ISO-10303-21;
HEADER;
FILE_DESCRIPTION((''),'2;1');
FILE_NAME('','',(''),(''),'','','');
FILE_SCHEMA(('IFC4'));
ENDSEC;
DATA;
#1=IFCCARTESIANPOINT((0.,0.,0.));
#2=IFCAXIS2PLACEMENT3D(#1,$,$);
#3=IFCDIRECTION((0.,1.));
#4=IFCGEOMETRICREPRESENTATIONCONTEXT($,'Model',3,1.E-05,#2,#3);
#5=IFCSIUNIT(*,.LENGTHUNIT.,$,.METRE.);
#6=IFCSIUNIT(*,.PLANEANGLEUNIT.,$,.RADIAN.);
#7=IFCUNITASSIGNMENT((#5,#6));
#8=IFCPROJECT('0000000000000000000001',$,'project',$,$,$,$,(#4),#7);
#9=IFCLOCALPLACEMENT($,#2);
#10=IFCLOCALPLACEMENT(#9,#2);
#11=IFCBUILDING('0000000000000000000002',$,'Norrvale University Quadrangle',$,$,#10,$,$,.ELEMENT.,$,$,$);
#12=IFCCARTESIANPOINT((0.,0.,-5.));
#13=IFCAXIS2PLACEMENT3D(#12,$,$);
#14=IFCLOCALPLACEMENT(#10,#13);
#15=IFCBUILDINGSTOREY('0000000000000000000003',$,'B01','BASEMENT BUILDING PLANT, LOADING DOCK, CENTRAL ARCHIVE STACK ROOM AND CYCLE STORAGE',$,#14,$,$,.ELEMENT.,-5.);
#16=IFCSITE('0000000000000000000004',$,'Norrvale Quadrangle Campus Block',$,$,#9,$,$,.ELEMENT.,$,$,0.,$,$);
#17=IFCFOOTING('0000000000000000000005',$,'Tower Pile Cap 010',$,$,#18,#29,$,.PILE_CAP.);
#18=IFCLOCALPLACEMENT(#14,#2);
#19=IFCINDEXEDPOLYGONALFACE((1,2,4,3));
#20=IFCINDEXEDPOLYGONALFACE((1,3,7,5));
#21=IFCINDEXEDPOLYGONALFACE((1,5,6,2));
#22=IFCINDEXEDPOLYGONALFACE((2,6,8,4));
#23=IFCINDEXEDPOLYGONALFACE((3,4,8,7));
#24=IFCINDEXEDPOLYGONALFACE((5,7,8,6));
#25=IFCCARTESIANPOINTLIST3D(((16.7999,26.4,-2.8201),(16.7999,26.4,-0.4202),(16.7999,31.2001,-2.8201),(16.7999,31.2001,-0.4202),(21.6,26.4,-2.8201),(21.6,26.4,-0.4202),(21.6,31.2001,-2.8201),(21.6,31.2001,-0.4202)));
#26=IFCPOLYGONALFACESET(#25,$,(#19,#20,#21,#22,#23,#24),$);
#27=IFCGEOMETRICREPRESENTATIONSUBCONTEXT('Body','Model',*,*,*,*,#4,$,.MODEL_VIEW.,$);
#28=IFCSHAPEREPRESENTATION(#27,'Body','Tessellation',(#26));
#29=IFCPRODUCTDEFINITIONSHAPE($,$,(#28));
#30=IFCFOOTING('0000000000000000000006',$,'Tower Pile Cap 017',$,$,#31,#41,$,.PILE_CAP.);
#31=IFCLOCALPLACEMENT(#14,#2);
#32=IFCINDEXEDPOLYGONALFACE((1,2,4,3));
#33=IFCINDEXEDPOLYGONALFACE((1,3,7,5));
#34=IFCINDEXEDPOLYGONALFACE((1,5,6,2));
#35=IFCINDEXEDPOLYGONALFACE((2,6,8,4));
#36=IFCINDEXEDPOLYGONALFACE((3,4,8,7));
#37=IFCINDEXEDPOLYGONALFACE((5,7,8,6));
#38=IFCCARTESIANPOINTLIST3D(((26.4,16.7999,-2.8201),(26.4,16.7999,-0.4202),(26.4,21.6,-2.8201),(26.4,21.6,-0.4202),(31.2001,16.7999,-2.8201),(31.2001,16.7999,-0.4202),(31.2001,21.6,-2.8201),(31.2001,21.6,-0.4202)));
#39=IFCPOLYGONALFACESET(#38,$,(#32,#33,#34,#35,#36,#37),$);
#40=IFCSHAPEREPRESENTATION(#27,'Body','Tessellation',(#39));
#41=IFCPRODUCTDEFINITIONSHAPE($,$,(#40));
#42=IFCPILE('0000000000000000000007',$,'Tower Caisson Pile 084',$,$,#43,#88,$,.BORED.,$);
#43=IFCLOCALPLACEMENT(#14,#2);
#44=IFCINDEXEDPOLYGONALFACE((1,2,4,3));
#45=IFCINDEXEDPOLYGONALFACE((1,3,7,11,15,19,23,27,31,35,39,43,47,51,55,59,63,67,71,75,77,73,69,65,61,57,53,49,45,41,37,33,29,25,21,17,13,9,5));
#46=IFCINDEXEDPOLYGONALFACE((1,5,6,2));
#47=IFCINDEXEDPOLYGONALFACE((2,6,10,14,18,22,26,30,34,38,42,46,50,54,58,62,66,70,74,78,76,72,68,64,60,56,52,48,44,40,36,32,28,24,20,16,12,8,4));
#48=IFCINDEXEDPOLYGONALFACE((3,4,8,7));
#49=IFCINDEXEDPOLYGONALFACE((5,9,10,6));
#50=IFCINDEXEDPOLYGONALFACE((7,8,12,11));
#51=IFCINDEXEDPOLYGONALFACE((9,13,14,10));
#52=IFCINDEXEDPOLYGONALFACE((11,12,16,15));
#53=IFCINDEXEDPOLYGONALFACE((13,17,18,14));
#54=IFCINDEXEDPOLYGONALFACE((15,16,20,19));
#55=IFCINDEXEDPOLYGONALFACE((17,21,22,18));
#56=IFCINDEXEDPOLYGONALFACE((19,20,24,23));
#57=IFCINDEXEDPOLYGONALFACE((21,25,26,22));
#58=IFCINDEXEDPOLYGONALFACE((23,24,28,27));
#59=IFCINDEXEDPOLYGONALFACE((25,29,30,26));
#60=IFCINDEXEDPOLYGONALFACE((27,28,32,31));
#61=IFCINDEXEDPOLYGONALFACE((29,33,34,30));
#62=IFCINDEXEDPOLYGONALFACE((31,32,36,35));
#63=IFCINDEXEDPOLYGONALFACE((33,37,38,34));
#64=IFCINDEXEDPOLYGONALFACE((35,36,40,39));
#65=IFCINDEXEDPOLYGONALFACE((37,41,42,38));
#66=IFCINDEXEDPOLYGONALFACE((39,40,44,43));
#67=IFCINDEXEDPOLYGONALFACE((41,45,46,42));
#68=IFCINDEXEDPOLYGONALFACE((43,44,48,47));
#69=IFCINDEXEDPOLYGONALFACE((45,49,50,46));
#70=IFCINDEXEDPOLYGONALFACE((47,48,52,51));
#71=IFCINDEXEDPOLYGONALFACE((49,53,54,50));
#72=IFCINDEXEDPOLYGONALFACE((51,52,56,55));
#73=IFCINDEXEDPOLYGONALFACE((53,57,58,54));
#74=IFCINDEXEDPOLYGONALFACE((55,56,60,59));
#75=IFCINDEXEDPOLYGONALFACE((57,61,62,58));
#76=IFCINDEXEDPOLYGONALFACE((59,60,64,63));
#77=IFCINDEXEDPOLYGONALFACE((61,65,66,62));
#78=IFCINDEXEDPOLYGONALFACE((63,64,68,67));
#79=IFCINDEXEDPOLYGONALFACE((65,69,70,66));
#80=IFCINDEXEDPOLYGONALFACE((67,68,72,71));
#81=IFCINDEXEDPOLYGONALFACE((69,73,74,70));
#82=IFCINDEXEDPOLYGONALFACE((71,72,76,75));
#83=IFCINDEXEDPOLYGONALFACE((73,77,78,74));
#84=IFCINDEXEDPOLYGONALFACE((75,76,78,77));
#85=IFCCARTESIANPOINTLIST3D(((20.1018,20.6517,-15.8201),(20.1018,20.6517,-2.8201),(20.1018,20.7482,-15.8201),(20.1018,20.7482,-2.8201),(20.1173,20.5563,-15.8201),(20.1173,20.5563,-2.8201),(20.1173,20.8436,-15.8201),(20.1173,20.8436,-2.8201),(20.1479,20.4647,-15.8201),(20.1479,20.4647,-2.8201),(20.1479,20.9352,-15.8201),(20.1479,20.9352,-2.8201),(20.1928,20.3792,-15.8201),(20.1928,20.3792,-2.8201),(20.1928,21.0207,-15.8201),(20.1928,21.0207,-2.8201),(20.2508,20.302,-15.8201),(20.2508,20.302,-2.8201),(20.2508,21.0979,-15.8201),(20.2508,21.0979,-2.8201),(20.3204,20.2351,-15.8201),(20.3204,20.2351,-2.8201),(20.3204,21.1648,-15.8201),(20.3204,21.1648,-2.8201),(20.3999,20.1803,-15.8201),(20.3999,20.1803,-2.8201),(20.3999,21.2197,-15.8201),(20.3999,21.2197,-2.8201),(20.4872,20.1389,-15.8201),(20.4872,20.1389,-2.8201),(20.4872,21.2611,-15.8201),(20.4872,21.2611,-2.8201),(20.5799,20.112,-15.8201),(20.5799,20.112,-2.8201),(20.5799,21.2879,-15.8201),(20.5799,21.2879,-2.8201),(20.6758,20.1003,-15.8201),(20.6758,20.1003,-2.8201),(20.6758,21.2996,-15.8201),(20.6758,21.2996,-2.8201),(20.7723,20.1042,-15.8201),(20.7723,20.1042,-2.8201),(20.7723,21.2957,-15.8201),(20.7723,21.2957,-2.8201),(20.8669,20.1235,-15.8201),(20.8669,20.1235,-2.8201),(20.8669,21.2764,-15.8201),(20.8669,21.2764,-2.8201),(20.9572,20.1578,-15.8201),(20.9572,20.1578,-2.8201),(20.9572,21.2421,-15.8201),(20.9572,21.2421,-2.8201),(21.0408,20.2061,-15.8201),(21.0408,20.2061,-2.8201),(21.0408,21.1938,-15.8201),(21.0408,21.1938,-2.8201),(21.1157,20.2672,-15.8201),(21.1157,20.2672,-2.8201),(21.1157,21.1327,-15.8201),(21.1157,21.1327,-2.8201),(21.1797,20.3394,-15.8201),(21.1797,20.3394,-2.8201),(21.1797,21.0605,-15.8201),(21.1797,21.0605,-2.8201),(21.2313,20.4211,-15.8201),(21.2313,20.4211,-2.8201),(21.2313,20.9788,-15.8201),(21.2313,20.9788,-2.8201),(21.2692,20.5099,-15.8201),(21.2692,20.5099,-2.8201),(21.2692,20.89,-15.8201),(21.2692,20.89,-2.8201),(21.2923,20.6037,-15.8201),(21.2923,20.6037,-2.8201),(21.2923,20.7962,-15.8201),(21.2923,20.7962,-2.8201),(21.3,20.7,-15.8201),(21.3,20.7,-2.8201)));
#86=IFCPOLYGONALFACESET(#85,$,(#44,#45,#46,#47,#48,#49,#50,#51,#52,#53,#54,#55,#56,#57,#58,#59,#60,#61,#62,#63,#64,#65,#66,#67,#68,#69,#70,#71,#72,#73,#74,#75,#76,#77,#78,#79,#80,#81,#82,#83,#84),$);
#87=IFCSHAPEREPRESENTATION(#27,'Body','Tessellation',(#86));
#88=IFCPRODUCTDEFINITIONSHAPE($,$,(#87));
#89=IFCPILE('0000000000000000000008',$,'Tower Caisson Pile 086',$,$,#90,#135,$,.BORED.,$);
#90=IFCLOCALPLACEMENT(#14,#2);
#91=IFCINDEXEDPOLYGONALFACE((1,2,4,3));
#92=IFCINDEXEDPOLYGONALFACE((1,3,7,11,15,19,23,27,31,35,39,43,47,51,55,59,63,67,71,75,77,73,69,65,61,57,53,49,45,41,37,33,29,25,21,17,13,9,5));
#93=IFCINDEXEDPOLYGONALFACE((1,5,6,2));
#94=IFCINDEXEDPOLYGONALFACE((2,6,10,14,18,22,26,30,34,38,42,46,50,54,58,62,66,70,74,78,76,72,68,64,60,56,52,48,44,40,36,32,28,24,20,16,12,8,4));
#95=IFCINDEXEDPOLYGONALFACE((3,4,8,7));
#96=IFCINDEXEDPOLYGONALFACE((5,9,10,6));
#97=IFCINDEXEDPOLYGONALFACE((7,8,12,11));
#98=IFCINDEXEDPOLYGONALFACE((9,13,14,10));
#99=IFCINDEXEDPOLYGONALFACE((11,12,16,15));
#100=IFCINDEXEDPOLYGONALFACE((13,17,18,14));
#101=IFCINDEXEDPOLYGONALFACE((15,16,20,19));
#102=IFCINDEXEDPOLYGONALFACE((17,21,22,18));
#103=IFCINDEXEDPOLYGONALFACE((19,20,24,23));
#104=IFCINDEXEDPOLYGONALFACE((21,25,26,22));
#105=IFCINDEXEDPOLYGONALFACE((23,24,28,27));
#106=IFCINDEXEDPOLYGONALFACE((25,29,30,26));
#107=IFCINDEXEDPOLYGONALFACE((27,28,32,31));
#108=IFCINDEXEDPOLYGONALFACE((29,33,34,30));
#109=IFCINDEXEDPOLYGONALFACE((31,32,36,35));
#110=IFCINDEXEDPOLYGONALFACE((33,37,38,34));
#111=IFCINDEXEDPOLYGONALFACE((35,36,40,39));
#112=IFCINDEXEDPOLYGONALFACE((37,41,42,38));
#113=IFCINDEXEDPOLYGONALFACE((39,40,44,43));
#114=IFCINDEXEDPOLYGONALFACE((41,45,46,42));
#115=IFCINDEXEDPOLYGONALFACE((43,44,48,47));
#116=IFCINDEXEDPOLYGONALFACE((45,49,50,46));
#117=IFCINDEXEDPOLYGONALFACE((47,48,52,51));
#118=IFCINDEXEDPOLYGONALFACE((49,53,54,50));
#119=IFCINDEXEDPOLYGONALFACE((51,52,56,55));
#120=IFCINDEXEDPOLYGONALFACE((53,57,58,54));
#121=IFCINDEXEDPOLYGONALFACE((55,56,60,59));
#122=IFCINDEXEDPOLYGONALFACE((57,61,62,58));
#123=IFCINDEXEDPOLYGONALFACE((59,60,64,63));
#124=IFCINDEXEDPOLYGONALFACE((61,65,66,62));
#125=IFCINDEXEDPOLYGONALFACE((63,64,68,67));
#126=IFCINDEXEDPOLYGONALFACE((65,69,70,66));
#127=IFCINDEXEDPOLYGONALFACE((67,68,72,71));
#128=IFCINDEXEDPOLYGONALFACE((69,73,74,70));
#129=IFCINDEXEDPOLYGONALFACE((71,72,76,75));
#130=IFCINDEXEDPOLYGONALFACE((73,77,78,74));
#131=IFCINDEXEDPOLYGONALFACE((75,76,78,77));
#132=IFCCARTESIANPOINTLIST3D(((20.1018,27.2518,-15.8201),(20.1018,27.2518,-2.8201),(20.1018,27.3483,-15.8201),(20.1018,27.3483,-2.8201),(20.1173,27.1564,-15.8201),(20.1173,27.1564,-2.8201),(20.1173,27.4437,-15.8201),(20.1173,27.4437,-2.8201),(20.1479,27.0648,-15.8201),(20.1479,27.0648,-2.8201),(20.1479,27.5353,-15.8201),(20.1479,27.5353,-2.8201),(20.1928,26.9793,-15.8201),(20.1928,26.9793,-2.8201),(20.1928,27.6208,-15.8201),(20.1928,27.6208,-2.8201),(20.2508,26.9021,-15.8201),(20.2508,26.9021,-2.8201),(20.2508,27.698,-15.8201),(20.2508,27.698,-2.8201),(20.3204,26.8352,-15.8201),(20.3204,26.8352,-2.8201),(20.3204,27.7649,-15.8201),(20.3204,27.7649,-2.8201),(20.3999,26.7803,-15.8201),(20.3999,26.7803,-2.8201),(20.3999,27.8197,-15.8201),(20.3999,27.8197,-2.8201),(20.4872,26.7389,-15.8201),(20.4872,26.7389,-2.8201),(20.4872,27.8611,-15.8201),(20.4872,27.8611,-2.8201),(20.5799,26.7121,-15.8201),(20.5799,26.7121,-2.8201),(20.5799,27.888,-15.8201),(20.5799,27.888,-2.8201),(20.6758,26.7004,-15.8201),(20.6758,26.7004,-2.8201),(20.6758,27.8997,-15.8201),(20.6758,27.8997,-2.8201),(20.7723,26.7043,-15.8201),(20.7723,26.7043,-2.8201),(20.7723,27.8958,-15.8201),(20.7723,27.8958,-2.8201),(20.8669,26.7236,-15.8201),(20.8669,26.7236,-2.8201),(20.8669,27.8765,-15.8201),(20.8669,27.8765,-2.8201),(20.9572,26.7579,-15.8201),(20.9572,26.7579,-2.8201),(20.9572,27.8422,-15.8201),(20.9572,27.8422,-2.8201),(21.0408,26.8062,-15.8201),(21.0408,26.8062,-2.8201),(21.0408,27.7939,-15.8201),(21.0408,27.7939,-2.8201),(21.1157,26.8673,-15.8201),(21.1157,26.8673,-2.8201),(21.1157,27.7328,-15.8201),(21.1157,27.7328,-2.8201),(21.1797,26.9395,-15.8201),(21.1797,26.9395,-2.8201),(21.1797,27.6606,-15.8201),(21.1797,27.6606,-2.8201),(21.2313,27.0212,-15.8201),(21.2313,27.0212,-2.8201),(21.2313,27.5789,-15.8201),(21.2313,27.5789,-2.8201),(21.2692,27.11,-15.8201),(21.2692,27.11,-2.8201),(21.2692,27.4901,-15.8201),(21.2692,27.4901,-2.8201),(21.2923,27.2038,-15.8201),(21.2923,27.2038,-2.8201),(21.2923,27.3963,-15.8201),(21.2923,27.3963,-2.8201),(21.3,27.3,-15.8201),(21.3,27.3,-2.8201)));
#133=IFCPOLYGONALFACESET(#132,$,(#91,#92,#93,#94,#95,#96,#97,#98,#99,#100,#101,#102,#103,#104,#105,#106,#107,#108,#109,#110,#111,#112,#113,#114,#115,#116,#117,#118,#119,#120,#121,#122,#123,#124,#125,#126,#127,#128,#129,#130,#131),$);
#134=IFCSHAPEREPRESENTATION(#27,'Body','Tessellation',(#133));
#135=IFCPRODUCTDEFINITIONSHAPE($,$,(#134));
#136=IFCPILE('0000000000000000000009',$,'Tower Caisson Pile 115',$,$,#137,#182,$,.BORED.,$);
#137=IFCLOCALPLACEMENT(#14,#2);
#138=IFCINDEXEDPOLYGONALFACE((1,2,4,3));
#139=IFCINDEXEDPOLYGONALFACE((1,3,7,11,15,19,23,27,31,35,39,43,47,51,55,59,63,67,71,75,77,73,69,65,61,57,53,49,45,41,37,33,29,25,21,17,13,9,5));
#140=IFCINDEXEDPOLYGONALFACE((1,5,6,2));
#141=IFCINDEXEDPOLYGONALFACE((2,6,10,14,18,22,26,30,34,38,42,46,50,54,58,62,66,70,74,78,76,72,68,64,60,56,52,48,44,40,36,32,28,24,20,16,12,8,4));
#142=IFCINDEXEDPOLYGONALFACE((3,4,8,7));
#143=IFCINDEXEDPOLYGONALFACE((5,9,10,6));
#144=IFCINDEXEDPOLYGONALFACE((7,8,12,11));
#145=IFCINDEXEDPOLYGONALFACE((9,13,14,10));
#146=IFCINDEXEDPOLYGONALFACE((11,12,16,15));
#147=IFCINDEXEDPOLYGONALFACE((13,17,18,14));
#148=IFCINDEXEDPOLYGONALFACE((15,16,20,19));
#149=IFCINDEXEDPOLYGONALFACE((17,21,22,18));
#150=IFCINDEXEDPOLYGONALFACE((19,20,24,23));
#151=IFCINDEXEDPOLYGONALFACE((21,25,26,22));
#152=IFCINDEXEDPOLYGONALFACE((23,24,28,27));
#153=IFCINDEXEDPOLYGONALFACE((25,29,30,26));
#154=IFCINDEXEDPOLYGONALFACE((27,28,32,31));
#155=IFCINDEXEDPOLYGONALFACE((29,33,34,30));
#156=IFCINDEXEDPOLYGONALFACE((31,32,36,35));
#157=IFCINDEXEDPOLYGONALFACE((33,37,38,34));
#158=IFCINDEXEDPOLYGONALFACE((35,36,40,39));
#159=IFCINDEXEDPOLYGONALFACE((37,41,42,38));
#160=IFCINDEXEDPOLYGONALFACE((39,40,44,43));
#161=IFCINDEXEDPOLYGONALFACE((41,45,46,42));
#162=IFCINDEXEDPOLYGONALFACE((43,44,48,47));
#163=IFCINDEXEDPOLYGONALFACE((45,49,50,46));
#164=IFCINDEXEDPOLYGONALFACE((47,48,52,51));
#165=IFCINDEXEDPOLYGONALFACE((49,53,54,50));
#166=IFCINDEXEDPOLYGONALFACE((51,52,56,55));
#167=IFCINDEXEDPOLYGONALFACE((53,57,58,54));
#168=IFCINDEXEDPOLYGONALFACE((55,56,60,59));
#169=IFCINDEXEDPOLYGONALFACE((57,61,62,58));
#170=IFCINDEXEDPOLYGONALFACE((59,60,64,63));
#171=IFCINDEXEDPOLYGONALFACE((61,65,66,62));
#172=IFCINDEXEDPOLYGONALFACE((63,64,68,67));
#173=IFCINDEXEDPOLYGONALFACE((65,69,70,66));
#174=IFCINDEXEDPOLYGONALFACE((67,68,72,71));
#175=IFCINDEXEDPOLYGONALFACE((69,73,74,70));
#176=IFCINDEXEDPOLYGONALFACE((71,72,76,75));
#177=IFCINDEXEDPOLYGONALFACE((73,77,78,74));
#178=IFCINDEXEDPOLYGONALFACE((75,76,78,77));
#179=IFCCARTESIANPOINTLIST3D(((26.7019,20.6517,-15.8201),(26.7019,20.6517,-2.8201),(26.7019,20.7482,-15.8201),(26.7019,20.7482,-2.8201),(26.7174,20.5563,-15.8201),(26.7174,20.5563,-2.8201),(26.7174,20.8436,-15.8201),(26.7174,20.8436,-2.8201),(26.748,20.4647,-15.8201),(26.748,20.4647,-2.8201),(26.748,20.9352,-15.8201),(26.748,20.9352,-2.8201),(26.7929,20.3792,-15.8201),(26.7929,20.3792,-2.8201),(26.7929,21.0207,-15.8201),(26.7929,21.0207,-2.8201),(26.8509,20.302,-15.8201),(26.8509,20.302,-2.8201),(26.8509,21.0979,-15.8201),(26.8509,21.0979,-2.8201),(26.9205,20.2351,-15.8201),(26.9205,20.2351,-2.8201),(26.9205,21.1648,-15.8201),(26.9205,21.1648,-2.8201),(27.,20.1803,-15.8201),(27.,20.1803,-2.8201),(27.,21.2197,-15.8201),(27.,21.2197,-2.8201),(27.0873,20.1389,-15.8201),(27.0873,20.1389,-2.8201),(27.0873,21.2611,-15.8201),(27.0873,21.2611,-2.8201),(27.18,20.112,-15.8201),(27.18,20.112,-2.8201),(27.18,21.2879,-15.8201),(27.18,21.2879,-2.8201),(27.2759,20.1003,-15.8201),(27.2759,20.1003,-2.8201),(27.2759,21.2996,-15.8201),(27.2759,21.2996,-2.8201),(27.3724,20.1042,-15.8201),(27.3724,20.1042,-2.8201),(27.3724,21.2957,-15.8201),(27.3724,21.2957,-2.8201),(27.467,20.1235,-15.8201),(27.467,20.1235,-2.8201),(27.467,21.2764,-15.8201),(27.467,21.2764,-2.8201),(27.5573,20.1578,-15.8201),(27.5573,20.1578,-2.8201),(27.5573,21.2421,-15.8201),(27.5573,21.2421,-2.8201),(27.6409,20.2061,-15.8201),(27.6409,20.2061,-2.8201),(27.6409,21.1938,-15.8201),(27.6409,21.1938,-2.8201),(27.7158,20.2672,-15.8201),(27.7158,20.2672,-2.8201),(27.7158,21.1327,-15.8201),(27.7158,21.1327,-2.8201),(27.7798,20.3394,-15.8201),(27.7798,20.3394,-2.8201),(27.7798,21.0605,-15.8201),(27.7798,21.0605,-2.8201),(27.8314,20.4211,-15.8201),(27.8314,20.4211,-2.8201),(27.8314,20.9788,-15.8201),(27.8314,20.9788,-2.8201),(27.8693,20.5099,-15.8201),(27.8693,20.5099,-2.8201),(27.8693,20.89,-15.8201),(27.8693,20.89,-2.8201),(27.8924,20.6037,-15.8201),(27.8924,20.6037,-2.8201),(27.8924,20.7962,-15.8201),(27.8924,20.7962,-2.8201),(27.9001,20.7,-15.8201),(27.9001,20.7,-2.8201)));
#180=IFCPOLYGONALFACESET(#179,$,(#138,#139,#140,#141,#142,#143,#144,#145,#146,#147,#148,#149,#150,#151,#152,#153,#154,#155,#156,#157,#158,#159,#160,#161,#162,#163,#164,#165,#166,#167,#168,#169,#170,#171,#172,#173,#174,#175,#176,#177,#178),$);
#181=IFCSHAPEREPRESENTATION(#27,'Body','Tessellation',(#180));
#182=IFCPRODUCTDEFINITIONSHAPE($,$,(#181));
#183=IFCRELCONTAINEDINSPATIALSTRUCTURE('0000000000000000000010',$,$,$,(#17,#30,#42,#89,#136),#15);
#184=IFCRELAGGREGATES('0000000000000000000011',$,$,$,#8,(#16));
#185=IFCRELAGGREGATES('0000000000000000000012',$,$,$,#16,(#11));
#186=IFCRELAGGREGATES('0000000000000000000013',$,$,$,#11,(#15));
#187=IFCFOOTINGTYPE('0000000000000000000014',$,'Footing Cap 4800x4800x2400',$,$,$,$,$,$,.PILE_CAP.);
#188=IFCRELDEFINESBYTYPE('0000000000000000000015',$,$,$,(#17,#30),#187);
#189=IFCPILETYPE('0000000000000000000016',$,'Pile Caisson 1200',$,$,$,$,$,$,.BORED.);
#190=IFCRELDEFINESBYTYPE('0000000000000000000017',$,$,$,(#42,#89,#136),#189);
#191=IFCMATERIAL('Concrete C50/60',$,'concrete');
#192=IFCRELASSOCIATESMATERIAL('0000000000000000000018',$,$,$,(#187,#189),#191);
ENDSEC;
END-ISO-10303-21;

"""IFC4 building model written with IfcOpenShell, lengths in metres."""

from ifc_helpers import new_model, si_unit, direction, frame, origin, origin_2d, place, context, subcontext, project, spatial, rectangle, circle, extrude, material, material_profile, profile_set, type_object, element, save


model = new_model("IFC4")

# Units and contexts
model_context = context("Model", 3, precision=1e-05, world=origin(), true_north=direction((0.0, 1.0)))
body_context = subcontext(model_context, "Body", "Model", "MODEL_VIEW")
ifc_project = project(units=[si_unit("LENGTHUNIT", "METRE"), si_unit("PLANEANGLEUNIT", "RADIAN")], contexts=[model_context])

# Site, building, storey
site_placement = place(None, origin())
site = spatial("IfcSite", under=ifc_project, at=site_placement, Name="Norrvale Quadrangle Campus Block", CompositionType="ELEMENT", RefElevation=0.0)
building_placement = place(site_placement, origin())
building = spatial("IfcBuilding", under=site, at=building_placement, Name="Norrvale University Quadrangle", CompositionType="ELEMENT")
storey_placement = place(building_placement, frame((0.0, 0.0, -5.0)))
storey = spatial("IfcBuildingStorey", under=building, at=storey_placement, Name="B01", Description="BASEMENT BUILDING PLANT, LOADING DOCK, CENTRAL ARCHIVE STACK ROOM AND CYCLE STORAGE", CompositionType="ELEMENT", Elevation=-5.0)

# Footings
ifc_material_1 = material(Name="Concrete C50/60", Category="concrete")
footing_type = type_object("IfcFootingType", Name="Footing Cap 4800x4800x2400", PredefinedType="PILE_CAP", material=ifc_material_1)
for number, where, z_axis, x_axis, name in (
    (1, (19.2, 28.8, -2.8201), (0.0, 0.0, 1.0), (1.0, 0.0, 0.0), "Tower Pile Cap 010"),
    (2, (28.8, 19.2, -2.8201), (0.0, 0.0, 1.0), (1.0, 0.0, 0.0), "Tower Pile Cap 017"),
):
    element("IfcFooting", number, at=place(storey_placement, frame(where, z_axis=z_axis, x_axis=x_axis)), inside=storey, type_object=footing_type, Name=name, PredefinedType="PILE_CAP", context=body_context, shape_type="SweptSolid", body=[
        extrude(rectangle(XDim=4.8, YDim=4.8, at=origin_2d()), origin(), (0.0, 0.0, 1.0), 2.3999),
    ])

# Piles
ifc_material_profile_1 = material_profile(ifc_material_1, circle(Radius=0.6001, at=origin_2d()), Name="Concrete C50/60")
ifc_profile_set_1 = profile_set([ifc_material_profile_1], Name="Concrete C50/60")
pile_type = type_object("IfcPileType", Name="Pile Caisson 1200", PredefinedType="BORED", material=ifc_profile_set_1)
for number, where, z_axis, x_axis, name in (
    (3, (20.7, 20.7, -2.8201), (0.0, 0.0, -1.0), (1.0, 0.0, 0.0), "Tower Caisson Pile 084"),
    (4, (20.7, 27.3, -2.8201), (0.0, 0.0, -1.0), (1.0, 0.0, 0.0), "Tower Caisson Pile 086"),
    (5, (27.3, 20.7, -2.8201), (0.0, 0.0, -1.0), (1.0, 0.0, 0.0), "Tower Caisson Pile 115"),
):
    element("IfcPile", number, at=place(storey_placement, frame(where, z_axis=z_axis, x_axis=x_axis)), inside=storey, type_object=pile_type, Name=name, PredefinedType="BORED", context=body_context, shape_type="SweptSolid", body=[
        extrude(circle(Radius=0.6001, at=origin_2d()), origin(), (0.0, 0.0, 1.0), 13.0),
    ])

save(model, "model.ifc")
